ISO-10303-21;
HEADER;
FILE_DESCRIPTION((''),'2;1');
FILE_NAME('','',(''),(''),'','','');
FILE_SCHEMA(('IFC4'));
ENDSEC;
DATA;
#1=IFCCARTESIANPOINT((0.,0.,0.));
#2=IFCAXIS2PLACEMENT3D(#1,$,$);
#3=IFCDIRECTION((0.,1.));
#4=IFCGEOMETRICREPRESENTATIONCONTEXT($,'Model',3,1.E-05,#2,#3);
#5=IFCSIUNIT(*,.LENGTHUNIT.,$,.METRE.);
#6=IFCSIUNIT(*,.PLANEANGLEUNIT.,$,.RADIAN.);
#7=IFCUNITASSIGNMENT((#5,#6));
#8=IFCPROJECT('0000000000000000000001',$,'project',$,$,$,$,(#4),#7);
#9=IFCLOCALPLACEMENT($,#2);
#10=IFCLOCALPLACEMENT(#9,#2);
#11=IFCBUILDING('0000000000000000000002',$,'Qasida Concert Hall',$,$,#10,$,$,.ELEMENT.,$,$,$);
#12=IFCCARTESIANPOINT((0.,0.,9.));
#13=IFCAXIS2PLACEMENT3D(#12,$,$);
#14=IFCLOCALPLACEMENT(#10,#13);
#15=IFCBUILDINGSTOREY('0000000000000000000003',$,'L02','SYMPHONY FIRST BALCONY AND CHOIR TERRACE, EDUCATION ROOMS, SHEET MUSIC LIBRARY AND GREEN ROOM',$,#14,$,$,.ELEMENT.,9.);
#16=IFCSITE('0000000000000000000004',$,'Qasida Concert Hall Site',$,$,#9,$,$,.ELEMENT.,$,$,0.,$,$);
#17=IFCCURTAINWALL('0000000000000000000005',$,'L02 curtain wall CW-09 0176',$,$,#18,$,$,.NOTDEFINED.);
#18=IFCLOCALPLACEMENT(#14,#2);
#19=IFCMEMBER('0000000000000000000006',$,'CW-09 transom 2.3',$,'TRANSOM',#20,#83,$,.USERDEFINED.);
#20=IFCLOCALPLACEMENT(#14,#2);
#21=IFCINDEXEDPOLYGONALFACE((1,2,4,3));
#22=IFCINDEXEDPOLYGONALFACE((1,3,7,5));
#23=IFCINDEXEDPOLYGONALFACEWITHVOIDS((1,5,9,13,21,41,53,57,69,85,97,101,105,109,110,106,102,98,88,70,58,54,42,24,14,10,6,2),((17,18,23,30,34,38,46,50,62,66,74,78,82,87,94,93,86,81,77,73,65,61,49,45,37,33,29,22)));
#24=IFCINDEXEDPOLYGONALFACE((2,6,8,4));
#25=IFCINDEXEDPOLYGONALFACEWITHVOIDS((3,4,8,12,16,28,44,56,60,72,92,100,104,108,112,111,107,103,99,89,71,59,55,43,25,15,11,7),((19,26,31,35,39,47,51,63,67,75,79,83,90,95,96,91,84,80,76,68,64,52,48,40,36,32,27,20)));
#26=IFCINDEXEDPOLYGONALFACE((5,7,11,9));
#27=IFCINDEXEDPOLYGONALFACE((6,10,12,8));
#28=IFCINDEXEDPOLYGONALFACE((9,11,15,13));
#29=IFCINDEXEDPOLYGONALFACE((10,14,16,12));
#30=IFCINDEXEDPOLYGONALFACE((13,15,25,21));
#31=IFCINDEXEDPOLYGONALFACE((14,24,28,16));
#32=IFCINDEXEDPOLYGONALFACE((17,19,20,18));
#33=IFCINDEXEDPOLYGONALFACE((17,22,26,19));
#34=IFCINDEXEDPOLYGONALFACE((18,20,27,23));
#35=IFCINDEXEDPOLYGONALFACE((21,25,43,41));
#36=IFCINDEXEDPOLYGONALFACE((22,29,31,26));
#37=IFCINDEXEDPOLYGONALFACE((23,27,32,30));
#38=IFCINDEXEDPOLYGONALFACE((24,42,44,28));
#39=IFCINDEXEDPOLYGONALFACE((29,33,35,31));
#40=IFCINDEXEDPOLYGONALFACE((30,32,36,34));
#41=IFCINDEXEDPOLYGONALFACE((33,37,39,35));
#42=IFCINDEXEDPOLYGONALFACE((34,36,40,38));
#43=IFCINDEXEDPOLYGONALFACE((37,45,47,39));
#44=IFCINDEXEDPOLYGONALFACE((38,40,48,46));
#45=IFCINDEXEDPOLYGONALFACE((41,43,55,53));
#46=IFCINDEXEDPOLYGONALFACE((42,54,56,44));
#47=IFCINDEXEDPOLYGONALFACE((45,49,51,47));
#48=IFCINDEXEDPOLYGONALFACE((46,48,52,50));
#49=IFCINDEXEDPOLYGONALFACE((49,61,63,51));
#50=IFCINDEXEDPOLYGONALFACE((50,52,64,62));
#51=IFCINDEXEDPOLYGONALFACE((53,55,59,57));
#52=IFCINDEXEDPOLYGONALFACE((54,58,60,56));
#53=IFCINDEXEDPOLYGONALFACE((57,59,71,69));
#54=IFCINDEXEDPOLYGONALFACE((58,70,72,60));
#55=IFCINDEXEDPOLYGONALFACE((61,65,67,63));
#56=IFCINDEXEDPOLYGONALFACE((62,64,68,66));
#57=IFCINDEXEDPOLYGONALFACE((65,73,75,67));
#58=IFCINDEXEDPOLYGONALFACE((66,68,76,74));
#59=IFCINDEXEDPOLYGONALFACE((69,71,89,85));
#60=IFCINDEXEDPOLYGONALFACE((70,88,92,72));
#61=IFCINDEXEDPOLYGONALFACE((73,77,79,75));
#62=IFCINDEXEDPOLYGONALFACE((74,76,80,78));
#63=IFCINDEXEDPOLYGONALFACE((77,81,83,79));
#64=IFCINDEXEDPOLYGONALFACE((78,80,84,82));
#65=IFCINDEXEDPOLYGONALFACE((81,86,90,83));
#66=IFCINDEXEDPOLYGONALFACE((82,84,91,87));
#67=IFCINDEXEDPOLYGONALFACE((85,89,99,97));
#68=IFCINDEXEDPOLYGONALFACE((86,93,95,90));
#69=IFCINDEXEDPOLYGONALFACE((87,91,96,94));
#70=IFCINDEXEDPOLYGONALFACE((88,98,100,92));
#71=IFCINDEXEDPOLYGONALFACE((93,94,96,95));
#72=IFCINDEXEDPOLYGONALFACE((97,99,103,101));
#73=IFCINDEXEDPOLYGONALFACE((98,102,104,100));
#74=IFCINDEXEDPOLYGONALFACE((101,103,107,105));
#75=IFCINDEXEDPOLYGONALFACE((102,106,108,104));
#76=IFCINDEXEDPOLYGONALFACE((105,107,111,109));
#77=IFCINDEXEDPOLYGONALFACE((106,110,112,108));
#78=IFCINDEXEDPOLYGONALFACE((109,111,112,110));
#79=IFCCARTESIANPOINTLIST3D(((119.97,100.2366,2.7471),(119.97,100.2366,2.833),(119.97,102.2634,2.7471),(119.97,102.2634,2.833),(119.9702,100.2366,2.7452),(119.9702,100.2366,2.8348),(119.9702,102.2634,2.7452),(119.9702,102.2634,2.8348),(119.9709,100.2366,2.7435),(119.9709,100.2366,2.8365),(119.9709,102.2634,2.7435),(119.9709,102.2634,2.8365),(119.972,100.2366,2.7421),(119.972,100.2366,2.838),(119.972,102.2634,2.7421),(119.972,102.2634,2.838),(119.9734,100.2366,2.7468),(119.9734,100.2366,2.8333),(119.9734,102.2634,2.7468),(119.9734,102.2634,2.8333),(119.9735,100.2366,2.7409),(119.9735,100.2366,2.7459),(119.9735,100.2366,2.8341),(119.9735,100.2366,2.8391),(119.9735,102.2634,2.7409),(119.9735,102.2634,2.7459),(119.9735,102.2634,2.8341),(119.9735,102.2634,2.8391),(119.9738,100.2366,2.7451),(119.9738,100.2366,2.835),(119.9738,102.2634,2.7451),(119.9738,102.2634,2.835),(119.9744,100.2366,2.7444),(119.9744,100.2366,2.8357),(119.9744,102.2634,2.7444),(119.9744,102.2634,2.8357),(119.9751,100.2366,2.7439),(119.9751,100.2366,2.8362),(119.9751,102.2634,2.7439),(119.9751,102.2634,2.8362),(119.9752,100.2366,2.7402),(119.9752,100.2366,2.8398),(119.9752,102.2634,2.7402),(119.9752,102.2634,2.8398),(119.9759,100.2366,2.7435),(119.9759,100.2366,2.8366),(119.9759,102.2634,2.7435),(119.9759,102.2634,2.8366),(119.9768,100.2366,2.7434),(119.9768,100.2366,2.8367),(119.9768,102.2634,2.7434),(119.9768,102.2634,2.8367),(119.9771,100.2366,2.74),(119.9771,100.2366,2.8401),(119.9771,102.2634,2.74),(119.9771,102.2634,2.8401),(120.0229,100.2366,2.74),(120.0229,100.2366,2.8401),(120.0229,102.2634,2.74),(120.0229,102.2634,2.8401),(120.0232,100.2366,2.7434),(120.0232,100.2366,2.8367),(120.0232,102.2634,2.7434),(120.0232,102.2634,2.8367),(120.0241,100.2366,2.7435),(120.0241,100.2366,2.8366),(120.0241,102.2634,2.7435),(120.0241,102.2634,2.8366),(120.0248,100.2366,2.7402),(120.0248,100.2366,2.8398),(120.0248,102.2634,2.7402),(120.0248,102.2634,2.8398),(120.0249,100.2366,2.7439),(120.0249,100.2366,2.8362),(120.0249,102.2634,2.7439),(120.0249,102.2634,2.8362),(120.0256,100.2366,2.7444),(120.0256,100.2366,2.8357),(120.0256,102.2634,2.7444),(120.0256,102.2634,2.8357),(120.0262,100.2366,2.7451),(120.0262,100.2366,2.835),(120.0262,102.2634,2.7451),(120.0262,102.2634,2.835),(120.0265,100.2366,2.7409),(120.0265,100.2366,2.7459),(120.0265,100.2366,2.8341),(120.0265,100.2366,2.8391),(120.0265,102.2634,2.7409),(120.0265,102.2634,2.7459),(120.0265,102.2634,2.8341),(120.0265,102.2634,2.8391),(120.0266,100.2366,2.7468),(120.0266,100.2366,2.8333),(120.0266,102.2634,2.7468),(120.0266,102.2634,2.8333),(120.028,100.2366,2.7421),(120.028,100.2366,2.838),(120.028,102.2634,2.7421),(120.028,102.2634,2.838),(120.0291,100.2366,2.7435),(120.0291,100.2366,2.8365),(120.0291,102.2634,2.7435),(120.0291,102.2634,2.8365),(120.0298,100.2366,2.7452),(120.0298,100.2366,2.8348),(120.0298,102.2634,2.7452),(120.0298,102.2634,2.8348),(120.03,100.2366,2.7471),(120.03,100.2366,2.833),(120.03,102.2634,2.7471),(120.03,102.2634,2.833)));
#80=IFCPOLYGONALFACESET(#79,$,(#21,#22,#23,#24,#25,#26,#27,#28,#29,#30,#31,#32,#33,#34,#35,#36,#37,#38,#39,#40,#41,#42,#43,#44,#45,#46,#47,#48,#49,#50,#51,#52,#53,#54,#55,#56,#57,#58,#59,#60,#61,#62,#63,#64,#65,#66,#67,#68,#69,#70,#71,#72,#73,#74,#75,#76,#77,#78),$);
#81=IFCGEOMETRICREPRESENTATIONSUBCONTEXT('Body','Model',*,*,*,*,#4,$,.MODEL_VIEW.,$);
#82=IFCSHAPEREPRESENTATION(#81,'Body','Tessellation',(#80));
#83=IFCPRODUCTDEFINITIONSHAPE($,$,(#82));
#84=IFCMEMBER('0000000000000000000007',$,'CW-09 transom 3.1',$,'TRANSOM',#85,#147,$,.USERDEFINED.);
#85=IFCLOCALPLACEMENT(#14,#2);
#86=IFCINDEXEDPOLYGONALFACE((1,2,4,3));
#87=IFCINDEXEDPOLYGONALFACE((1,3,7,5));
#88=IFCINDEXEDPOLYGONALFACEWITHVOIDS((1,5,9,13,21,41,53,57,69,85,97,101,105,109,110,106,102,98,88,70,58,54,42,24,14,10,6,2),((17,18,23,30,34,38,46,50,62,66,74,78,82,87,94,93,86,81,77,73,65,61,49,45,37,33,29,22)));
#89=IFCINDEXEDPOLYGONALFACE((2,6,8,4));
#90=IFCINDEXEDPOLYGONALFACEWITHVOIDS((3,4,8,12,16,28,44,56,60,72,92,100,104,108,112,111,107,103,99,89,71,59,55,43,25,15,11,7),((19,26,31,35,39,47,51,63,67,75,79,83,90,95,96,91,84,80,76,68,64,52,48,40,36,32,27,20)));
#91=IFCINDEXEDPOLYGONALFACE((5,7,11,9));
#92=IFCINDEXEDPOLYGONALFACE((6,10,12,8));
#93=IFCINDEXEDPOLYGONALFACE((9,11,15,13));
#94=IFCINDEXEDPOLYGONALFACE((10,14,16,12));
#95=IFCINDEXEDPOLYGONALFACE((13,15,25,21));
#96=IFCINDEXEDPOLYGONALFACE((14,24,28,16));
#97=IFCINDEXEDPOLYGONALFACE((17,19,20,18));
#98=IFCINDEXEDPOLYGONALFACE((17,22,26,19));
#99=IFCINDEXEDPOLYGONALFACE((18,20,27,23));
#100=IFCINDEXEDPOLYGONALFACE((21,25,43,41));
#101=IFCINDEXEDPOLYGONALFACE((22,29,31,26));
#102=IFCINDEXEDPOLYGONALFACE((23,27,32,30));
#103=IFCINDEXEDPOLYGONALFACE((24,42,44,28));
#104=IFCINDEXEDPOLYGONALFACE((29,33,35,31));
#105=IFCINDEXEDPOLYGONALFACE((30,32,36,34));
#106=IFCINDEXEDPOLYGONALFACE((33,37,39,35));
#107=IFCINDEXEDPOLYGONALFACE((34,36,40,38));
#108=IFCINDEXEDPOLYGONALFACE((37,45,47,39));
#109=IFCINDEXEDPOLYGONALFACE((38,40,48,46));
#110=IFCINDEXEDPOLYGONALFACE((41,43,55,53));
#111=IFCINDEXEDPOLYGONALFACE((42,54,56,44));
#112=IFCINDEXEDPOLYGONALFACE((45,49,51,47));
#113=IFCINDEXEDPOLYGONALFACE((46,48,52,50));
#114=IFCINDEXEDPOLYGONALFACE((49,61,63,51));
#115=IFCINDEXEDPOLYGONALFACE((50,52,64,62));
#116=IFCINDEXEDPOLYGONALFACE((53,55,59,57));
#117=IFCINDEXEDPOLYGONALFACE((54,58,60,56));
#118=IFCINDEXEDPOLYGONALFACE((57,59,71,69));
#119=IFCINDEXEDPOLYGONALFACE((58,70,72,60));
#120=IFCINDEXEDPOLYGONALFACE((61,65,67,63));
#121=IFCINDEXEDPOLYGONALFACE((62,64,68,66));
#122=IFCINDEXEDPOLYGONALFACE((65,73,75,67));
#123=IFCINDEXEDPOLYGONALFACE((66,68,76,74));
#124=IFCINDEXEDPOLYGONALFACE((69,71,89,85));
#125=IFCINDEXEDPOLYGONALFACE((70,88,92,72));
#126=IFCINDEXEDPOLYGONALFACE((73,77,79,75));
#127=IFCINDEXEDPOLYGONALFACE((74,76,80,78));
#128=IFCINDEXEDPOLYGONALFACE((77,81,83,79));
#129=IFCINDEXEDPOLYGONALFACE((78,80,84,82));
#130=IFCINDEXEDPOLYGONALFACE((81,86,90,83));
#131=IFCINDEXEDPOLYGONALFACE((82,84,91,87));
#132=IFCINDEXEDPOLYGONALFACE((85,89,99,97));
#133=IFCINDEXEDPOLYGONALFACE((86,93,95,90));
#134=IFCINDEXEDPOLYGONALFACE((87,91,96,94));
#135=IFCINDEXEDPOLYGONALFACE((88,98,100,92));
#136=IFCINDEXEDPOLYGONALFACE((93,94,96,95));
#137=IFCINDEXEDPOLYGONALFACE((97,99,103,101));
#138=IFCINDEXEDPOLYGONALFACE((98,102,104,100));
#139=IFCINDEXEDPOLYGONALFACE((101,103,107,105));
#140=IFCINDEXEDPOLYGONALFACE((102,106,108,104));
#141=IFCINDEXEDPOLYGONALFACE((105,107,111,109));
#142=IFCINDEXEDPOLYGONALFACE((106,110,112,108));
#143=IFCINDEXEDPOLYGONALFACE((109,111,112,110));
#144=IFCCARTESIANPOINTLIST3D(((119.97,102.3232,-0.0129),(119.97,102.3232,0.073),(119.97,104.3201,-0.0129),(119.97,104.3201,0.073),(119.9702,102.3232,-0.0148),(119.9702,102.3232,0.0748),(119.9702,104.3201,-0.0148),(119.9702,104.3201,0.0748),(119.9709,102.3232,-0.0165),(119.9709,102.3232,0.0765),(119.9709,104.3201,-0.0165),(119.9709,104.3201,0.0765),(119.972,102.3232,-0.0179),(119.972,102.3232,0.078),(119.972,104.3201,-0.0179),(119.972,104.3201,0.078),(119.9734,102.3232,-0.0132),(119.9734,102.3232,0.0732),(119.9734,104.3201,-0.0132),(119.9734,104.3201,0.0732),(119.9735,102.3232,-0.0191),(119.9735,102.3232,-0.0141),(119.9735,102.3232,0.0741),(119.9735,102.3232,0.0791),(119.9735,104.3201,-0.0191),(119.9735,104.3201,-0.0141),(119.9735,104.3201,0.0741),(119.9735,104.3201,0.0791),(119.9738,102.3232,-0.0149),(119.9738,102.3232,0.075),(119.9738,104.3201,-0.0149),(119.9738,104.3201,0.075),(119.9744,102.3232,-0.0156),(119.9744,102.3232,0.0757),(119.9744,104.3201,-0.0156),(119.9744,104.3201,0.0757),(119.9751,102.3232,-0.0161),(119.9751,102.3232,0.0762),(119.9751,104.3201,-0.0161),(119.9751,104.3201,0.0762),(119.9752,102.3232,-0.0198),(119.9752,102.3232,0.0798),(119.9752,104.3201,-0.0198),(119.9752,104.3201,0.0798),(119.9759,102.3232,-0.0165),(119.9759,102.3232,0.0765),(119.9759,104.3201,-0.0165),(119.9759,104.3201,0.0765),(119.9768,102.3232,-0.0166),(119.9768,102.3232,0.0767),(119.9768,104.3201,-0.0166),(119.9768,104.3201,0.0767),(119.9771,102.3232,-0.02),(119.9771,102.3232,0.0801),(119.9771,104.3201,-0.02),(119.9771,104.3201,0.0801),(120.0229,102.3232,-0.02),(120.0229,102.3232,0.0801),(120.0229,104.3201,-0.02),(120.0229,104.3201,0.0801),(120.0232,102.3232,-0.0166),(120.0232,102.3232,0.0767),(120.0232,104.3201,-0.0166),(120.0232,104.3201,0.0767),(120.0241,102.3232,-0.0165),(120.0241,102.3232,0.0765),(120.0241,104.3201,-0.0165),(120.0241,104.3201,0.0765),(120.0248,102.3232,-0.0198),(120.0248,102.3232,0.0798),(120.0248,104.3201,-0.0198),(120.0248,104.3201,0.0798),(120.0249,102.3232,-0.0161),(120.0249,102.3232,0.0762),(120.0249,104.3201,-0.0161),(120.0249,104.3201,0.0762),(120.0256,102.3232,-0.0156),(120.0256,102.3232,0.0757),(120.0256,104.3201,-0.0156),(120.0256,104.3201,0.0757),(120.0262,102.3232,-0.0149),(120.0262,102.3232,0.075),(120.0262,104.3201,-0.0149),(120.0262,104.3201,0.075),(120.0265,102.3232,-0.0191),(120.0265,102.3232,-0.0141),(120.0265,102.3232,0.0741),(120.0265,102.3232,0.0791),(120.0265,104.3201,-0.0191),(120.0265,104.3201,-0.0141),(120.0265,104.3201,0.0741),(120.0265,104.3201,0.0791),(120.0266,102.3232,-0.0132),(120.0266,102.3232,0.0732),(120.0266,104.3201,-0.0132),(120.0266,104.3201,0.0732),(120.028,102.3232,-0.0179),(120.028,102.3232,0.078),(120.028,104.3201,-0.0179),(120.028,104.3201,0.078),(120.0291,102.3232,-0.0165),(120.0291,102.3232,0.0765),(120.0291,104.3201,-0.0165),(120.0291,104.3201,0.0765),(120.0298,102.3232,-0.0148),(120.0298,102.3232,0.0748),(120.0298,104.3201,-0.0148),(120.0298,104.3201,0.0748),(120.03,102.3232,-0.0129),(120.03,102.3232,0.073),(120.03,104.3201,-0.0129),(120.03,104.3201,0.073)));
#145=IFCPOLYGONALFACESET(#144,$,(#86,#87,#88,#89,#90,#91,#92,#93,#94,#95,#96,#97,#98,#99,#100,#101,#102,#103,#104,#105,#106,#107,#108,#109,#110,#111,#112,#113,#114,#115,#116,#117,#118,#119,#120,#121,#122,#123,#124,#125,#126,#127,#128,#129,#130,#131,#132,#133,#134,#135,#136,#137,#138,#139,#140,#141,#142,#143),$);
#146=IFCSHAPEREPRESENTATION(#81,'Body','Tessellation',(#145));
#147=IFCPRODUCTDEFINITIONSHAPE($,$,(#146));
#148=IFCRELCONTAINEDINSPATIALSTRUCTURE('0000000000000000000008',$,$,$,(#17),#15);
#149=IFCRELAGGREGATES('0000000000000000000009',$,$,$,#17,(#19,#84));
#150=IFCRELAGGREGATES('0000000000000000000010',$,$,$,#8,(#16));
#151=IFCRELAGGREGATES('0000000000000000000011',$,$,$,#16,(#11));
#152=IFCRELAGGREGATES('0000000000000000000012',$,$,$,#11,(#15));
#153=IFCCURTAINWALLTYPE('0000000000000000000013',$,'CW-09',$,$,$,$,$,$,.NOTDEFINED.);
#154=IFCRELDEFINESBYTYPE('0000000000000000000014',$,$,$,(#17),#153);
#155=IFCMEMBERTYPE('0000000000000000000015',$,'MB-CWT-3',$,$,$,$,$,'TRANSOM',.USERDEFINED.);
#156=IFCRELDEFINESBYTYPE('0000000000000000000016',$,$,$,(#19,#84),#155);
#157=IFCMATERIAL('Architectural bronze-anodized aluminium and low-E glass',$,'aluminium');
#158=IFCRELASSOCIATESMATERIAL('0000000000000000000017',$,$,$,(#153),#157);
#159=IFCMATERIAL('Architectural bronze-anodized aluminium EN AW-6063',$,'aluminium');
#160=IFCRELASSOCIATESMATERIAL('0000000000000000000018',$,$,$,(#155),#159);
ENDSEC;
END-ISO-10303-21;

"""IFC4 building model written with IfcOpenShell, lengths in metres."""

from ifc_helpers import new_model, si_unit, direction, frame, origin, origin_2d, place, context, subcontext, project, spatial, hollow_rectangle, extrude, material, material_profile, profile_set, type_object, element, aggregate, save


model = new_model("IFC4")

# Units and contexts
model_context = context("Model", 3, precision=1e-05, world=origin(), true_north=direction((0.0, 1.0)))
body_context = subcontext(model_context, "Body", "Model", "MODEL_VIEW")
ifc_project = project(units=[si_unit("LENGTHUNIT", "METRE"), si_unit("PLANEANGLEUNIT", "RADIAN")], contexts=[model_context])

# Site, building, storey
site_placement = place(None, origin())
site = spatial("IfcSite", under=ifc_project, at=site_placement, Name="Qasida Concert Hall Site", CompositionType="ELEMENT", RefElevation=0.0)
building_placement = place(site_placement, origin())
building = spatial("IfcBuilding", under=site, at=building_placement, Name="Qasida Concert Hall", CompositionType="ELEMENT")
storey_placement = place(building_placement, frame((0.0, 0.0, 9.0)))
storey = spatial("IfcBuildingStorey", under=building, at=storey_placement, Name="L02", Description="SYMPHONY FIRST BALCONY AND CHOIR TERRACE, EDUCATION ROOMS, SHEET MUSIC LIBRARY AND GREEN ROOM", CompositionType="ELEMENT", Elevation=9.0)

# Shared definitions
ifc_material_1 = material(Name="Architectural bronze-anodized aluminium and low-E glass", Category="aluminium")
ifc_material_2 = material(Name="Architectural bronze-anodized aluminium EN AW-6063", Category="aluminium")

# Curtain wall
curtain_wall_type_1 = type_object("IfcCurtainWallType", Name="CW-09", PredefinedType="NOTDEFINED", material=ifc_material_1)
curtain_wall_1_placement = place(storey_placement, origin())
curtain_wall_1 = element("IfcCurtainWall", 1, at=curtain_wall_1_placement, inside=storey, type_object=curtain_wall_type_1, Name="L02 curtain wall CW-09 0176", PredefinedType="NOTDEFINED")

# Members
ifc_material_profile_1 = material_profile(ifc_material_2, hollow_rectangle(XDim=0.0601, YDim=0.1001, WallThickness=0.0034, InnerFilletRadius=0.0034, OuterFilletRadius=0.0071, at=origin_2d()), Name="CWT 100x60x3.5")
ifc_profile_set_1 = profile_set([ifc_material_profile_1], Name="Architectural bronze-anodized aluminium EN AW-6063")
member_type_1 = type_object("IfcMemberType", Name="MB-CWT-3", ElementType="TRANSOM", PredefinedType="USERDEFINED", material=ifc_profile_set_1)
member_1_placement = place(storey_placement, frame((120.0, 100.2366, 2.79), z_axis=(0.0, 1.0, 0.0), x_axis=(-1.0, 0.0, 0.0)))
member_1 = element("IfcMember", 2, at=member_1_placement, type_object=member_type_1, Name="CW-09 transom 2.3", ObjectType="TRANSOM", PredefinedType="USERDEFINED", context=body_context, shape_type="SweptSolid", body=[
    extrude(hollow_rectangle(XDim=0.0601, YDim=0.1001, WallThickness=0.0034, InnerFilletRadius=0.0034, OuterFilletRadius=0.0071, at=origin_2d()), origin(), (0.0, 0.0, 1.0), 2.0269),
])
member_2_placement = place(storey_placement, frame((120.0, 102.3232, 0.03), z_axis=(0.0, 1.0, 0.0), x_axis=(-1.0, 0.0, 0.0)))
member_2 = element("IfcMember", 3, at=member_2_placement, type_object=member_type_1, Name="CW-09 transom 3.1", ObjectType="TRANSOM", PredefinedType="USERDEFINED", context=body_context, shape_type="SweptSolid", body=[
    extrude(hollow_rectangle(XDim=0.0601, YDim=0.1001, WallThickness=0.0034, InnerFilletRadius=0.0034, OuterFilletRadius=0.0071, at=origin_2d()), origin(), (0.0, 0.0, 1.0), 1.9968),
])

aggregate(curtain_wall_1, [member_1, member_2])

save(model, "model.ifc")
